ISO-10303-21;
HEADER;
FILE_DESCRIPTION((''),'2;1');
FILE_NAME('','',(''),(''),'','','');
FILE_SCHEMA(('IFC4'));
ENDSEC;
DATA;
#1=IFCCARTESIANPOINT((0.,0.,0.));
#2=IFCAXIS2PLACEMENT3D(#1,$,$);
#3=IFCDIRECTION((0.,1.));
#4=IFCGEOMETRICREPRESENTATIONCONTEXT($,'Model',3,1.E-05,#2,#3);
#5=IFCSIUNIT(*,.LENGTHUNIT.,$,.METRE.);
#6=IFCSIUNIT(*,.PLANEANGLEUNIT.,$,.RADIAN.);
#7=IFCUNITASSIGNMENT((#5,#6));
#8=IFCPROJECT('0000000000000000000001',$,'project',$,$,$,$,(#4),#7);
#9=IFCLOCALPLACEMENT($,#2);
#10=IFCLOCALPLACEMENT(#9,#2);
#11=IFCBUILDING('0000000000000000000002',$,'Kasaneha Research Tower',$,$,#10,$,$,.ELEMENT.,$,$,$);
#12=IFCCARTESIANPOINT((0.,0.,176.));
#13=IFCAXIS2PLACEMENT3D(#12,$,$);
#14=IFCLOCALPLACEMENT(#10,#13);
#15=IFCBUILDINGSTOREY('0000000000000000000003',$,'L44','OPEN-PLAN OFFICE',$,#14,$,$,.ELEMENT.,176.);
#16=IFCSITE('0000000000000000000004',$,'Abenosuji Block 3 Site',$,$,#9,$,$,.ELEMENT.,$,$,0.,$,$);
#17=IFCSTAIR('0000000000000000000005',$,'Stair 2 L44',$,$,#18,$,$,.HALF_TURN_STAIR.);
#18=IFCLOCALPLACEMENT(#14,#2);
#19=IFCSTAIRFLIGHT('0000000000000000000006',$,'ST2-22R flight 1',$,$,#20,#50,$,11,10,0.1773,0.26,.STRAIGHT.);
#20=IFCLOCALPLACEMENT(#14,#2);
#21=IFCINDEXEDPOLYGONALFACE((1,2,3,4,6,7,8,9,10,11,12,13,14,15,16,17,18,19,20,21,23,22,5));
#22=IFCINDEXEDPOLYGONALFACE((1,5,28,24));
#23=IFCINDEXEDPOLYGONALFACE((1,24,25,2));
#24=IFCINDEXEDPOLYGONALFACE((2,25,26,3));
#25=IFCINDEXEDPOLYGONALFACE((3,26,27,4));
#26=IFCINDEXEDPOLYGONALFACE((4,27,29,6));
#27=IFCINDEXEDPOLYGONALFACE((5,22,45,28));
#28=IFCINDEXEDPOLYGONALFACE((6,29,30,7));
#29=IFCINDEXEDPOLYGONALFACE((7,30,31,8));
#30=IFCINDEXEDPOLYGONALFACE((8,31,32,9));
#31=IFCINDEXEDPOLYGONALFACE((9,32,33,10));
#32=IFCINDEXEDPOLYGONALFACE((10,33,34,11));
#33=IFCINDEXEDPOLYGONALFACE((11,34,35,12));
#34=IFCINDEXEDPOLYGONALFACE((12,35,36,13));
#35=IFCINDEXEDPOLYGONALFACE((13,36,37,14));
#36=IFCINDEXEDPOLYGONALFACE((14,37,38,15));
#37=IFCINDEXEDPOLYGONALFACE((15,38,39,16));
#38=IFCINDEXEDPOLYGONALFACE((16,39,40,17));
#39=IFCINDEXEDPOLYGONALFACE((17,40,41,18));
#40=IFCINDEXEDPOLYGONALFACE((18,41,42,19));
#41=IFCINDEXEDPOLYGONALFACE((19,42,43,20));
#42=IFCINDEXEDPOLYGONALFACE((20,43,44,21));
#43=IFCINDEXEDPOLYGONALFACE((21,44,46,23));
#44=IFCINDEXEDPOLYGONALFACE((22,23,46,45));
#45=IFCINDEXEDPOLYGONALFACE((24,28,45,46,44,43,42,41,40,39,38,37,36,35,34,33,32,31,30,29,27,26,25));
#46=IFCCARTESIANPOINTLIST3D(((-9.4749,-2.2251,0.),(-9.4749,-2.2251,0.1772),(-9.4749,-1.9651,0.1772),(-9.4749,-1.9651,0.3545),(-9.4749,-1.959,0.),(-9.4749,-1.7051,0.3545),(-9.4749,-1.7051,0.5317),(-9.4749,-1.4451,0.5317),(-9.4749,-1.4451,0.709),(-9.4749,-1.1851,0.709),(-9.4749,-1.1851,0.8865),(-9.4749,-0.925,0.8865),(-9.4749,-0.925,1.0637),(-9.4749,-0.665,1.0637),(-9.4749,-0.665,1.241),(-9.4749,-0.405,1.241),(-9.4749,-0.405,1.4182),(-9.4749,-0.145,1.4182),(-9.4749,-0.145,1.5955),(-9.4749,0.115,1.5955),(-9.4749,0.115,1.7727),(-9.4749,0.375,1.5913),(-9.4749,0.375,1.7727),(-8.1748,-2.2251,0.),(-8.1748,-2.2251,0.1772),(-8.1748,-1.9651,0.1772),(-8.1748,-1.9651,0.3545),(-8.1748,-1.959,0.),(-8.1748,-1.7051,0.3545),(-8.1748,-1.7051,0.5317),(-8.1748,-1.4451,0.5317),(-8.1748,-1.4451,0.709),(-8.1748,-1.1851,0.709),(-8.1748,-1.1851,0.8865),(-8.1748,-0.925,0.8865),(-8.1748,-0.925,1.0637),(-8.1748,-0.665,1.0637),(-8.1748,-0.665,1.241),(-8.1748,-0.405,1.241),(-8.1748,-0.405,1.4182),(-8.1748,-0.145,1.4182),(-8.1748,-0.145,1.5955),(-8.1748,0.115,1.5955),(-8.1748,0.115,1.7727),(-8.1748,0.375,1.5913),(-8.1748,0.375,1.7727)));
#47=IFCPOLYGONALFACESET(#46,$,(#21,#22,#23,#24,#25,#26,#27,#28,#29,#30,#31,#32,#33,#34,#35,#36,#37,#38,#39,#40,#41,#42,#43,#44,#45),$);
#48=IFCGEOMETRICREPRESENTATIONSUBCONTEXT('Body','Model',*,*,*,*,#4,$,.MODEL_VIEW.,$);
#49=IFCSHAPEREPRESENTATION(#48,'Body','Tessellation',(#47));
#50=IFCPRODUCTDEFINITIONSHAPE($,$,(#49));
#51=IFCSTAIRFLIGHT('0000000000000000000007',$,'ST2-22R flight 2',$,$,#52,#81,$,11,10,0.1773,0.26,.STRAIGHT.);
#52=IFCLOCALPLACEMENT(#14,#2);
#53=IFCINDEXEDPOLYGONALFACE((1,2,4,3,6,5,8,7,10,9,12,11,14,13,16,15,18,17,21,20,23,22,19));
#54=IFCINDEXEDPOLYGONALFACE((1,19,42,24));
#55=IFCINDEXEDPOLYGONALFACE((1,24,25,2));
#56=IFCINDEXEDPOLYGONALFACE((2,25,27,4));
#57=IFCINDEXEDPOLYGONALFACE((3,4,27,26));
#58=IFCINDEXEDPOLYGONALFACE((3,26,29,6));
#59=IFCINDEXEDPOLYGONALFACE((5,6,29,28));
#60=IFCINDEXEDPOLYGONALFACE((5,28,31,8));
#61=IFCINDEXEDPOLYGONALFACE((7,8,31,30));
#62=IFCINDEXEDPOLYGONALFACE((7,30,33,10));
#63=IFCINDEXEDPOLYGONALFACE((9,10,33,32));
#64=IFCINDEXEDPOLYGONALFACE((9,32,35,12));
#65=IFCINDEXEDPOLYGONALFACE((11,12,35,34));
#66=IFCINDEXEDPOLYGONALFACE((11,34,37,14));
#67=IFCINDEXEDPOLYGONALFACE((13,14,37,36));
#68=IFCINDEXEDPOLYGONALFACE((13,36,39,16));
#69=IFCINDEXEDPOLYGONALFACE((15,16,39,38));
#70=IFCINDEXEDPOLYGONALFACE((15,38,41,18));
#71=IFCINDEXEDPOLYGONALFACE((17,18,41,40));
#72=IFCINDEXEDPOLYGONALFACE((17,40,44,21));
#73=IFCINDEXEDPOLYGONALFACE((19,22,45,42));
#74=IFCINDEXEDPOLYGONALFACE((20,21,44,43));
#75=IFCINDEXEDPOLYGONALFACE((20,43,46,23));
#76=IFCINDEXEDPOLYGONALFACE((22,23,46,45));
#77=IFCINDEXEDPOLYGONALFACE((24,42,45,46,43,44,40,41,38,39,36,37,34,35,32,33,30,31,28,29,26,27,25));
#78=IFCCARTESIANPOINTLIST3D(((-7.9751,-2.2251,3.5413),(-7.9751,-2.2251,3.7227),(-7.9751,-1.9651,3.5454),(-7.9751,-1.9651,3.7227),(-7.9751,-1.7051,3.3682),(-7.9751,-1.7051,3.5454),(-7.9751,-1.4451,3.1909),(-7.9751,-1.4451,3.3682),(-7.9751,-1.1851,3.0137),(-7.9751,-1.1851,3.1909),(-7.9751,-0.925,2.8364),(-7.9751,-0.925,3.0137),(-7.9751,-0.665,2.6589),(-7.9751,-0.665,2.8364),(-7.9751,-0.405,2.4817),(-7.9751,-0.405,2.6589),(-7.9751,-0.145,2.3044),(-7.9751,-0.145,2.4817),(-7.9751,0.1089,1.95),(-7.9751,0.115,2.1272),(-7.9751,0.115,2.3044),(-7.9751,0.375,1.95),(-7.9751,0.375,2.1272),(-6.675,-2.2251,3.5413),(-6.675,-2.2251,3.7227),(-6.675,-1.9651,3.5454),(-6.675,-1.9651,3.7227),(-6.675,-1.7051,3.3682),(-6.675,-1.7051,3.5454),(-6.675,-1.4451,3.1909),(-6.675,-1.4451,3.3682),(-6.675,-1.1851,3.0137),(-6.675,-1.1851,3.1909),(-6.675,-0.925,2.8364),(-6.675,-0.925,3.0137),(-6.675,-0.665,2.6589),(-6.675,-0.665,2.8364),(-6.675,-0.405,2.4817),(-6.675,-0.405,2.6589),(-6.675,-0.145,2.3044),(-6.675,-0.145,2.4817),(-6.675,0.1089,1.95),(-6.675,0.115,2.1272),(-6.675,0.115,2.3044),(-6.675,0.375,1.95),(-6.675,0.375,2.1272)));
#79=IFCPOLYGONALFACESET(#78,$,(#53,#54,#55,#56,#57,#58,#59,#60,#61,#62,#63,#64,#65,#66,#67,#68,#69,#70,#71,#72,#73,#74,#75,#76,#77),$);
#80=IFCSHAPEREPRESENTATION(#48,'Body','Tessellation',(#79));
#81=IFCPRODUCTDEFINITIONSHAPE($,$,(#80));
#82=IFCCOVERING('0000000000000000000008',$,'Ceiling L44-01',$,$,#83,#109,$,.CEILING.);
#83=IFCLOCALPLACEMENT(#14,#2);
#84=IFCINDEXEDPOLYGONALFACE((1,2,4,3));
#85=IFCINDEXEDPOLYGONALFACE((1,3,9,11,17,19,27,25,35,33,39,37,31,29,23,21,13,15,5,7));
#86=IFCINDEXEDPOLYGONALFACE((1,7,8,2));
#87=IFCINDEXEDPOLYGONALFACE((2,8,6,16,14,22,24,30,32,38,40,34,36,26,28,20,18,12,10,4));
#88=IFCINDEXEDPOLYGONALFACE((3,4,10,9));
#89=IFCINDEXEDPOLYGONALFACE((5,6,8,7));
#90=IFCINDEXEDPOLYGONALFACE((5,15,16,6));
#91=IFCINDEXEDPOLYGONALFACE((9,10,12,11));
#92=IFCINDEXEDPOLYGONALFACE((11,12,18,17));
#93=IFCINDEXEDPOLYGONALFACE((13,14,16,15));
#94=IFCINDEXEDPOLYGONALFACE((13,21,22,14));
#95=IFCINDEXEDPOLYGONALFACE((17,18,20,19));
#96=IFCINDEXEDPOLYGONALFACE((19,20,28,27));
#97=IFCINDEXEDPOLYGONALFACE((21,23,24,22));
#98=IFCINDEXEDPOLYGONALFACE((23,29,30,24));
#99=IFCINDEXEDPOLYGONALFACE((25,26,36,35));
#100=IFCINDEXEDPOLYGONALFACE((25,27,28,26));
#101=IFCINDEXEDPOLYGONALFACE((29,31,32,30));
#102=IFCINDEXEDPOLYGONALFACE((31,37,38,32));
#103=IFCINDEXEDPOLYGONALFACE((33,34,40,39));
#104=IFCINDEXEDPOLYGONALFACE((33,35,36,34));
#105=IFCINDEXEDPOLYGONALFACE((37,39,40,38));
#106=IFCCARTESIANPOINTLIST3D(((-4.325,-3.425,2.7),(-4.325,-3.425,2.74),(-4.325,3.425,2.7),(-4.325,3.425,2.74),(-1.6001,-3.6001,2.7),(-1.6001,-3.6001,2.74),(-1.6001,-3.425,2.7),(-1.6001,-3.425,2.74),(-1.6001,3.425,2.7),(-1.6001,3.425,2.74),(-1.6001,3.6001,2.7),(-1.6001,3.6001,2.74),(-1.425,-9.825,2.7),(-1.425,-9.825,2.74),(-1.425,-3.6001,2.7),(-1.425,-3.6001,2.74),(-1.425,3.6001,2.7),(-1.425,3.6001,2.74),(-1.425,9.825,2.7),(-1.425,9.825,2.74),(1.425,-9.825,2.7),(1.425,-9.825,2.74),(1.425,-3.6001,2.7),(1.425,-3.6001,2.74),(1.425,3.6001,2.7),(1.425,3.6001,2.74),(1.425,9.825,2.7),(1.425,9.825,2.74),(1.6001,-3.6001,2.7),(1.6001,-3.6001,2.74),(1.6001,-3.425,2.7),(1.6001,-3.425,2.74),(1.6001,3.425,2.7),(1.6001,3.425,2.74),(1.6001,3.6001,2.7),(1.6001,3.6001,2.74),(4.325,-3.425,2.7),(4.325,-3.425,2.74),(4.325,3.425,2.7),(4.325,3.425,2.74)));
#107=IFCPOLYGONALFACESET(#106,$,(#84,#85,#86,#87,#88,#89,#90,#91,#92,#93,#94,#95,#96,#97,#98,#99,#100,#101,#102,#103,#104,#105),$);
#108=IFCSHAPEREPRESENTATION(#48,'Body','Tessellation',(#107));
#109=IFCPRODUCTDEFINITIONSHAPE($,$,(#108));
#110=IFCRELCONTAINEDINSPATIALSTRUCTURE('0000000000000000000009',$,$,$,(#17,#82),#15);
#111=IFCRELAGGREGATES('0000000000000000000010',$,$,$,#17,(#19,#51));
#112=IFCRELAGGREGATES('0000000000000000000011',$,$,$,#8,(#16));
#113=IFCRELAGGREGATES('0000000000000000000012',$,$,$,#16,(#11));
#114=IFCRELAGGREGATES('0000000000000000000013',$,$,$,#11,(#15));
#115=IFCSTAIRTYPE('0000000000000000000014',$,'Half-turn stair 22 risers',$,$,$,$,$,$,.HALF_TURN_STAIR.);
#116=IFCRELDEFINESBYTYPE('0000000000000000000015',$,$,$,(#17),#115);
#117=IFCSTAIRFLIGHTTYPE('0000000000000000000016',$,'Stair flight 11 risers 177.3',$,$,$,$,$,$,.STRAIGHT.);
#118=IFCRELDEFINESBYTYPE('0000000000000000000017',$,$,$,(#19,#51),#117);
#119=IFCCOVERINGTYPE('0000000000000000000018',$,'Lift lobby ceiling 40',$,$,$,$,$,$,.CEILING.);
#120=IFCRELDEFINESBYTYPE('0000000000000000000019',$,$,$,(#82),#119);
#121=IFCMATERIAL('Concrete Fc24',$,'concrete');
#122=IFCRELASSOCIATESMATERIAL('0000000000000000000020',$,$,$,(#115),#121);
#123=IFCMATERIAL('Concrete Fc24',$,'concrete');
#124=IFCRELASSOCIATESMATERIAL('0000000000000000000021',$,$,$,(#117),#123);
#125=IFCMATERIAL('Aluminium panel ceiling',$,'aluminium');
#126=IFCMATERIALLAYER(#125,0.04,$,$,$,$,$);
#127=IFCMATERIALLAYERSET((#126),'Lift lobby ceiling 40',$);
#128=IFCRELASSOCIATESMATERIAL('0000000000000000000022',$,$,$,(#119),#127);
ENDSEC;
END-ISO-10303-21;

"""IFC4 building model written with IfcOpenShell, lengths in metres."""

from ifc_helpers import new_model, si_unit, direction, frame, origin, place, context, subcontext, project, spatial, polyline, outline, extrude, material, layer, layer_set, type_object, element, aggregate, save


model = new_model("IFC4")

# Units and contexts
model_context = context("Model", 3, precision=1e-05, world=origin(), true_north=direction((0.0, 1.0)))
body_context = subcontext(model_context, "Body", "Model", "MODEL_VIEW")
ifc_project = project(units=[si_unit("LENGTHUNIT", "METRE"), si_unit("PLANEANGLEUNIT", "RADIAN")], contexts=[model_context])

# Site, building, storey
site_placement = place(None, origin())
site = spatial("IfcSite", under=ifc_project, at=site_placement, Name="Abenosuji Block 3 Site", CompositionType="ELEMENT", RefElevation=0.0)
building_placement = place(site_placement, origin())
building = spatial("IfcBuilding", under=site, at=building_placement, Name="Kasaneha Research Tower", CompositionType="ELEMENT")
storey_placement = place(building_placement, frame((0.0, 0.0, 176.0)))
storey = spatial("IfcBuildingStorey", under=building, at=storey_placement, Name="L44", Description="OPEN-PLAN OFFICE", CompositionType="ELEMENT", Elevation=176.0)

# Stair, stair flights
ifc_material_1 = material(Name="Concrete Fc24", Category="concrete")
stair_type = type_object("IfcStairType", Name="Half-turn stair 22 risers", PredefinedType="HALF_TURN_STAIR", material=ifc_material_1)
stair_placement = place(storey_placement, origin())
stair = element("IfcStair", 1, at=stair_placement, inside=storey, type_object=stair_type, Name="Stair 2 L44", PredefinedType="HALF_TURN_STAIR")
ifc_material_2 = material(Name="Concrete Fc24", Category="concrete")
stair_flight_type = type_object("IfcStairFlightType", Name="Stair flight 11 risers 177.3", PredefinedType="STRAIGHT", material=ifc_material_2)
stair_flight_1_placement = place(storey_placement, frame((-8.825, -2.2251, 0.0), z_axis=(0.0, 0.0, 1.0), x_axis=(0.0, 1.0, 0.0)))
stair_flight_1 = element("IfcStairFlight", 2, at=stair_flight_1_placement, type_object=stair_flight_type, Name="ST2-22R flight 1", NumberOfRisers=11, NumberOfTreads=10, PredefinedType="STRAIGHT", RiserHeight=0.1773, TreadLength=0.26, context=body_context, shape_type="SweptSolid", body=[
    extrude(outline(polyline([(0.0, 0.0), (0.0, 0.1772), (0.26, 0.1772), (0.26, 0.3545), (0.52, 0.3545), (0.52, 0.5317), (0.78, 0.5317), (0.78, 0.709), (1.04, 0.709), (1.04, 0.8865), (1.3, 0.8865), (1.3, 1.0637), (1.5601, 1.0637), (1.5601, 1.241), (1.8201, 1.241), (1.8201, 1.4182), (2.0801, 1.4182), (2.0801, 1.5955), (2.3401, 1.5955), (2.3401, 1.7727), (2.6001, 1.7727), (2.6001, 1.95), (2.6001, 1.5913), (0.2661, 0.0), (0.0, 0.0)])), frame((0.0, 0.6499, 0.0), z_axis=(0.0, -1.0, 0.0), x_axis=(1.0, 0.0, 0.0)), (0.0, 0.0, 1.0), 1.3),
])
stair_flight_2_placement = place(storey_placement, frame((-7.325, 0.375, 1.95), z_axis=(0.0, 0.0, 1.0), x_axis=(0.0, -1.0, 0.0)))
stair_flight_2 = element("IfcStairFlight", 3, at=stair_flight_2_placement, type_object=stair_flight_type, Name="ST2-22R flight 2", NumberOfRisers=11, NumberOfTreads=10, PredefinedType="STRAIGHT", RiserHeight=0.1773, TreadLength=0.26, context=body_context, shape_type="SweptSolid", body=[
    extrude(outline(polyline([(0.0, 0.0), (0.0, 0.1772), (0.26, 0.1772), (0.26, 0.3545), (0.52, 0.3545), (0.52, 0.5317), (0.78, 0.5317), (0.78, 0.709), (1.04, 0.709), (1.04, 0.8865), (1.3, 0.8865), (1.3, 1.0637), (1.5601, 1.0637), (1.5601, 1.241), (1.8201, 1.241), (1.8201, 1.4182), (2.0801, 1.4182), (2.0801, 1.5955), (2.3401, 1.5955), (2.3401, 1.7727), (2.6001, 1.7727), (2.6001, 1.95), (2.6001, 1.5913), (0.2661, 0.0), (0.0, 0.0)])), frame((0.0, 0.6499, 0.0), z_axis=(0.0, -1.0, 0.0), x_axis=(1.0, 0.0, 0.0)), (0.0, 0.0, 1.0), 1.3),
])
aggregate(stair, [stair_flight_1, stair_flight_2])

# Covering
ifc_material_3 = material(Name="Aluminium panel ceiling", Category="aluminium")
ifc_layer_1 = layer(ifc_material_3, 0.04)
ifc_layer_set_1 = layer_set([ifc_layer_1], Name="Lift lobby ceiling 40")
covering_type_1 = type_object("IfcCoveringType", Name="Lift lobby ceiling 40", PredefinedType="CEILING", material=ifc_layer_set_1)
covering_1_placement = place(storey_placement, frame((0.0, 0.0, 2.7)))
element("IfcCovering", 4, at=covering_1_placement, inside=storey, type_object=covering_type_1, Name="Ceiling L44-01", PredefinedType="CEILING", context=body_context, shape_type="SweptSolid", body=[
    extrude(outline(polyline([(1.425, 9.825), (1.425, 3.6001), (1.6001, 3.6001), (1.6001, 3.425), (4.325, 3.425), (4.325, -3.425), (1.6001, -3.425), (1.6001, -3.6001), (1.425, -3.6001), (1.425, -9.825), (-1.425, -9.825), (-1.425, -3.6001), (-1.6001, -3.6001), (-1.6001, -3.425), (-4.325, -3.425), (-4.325, 3.425), (-1.6001, 3.425), (-1.6001, 3.6001), (-1.425, 3.6001), (-1.425, 9.825), (1.425, 9.825)])), origin(), (0.0, 0.0, 1.0), 0.04),
])

save(model, "model.ifc")
